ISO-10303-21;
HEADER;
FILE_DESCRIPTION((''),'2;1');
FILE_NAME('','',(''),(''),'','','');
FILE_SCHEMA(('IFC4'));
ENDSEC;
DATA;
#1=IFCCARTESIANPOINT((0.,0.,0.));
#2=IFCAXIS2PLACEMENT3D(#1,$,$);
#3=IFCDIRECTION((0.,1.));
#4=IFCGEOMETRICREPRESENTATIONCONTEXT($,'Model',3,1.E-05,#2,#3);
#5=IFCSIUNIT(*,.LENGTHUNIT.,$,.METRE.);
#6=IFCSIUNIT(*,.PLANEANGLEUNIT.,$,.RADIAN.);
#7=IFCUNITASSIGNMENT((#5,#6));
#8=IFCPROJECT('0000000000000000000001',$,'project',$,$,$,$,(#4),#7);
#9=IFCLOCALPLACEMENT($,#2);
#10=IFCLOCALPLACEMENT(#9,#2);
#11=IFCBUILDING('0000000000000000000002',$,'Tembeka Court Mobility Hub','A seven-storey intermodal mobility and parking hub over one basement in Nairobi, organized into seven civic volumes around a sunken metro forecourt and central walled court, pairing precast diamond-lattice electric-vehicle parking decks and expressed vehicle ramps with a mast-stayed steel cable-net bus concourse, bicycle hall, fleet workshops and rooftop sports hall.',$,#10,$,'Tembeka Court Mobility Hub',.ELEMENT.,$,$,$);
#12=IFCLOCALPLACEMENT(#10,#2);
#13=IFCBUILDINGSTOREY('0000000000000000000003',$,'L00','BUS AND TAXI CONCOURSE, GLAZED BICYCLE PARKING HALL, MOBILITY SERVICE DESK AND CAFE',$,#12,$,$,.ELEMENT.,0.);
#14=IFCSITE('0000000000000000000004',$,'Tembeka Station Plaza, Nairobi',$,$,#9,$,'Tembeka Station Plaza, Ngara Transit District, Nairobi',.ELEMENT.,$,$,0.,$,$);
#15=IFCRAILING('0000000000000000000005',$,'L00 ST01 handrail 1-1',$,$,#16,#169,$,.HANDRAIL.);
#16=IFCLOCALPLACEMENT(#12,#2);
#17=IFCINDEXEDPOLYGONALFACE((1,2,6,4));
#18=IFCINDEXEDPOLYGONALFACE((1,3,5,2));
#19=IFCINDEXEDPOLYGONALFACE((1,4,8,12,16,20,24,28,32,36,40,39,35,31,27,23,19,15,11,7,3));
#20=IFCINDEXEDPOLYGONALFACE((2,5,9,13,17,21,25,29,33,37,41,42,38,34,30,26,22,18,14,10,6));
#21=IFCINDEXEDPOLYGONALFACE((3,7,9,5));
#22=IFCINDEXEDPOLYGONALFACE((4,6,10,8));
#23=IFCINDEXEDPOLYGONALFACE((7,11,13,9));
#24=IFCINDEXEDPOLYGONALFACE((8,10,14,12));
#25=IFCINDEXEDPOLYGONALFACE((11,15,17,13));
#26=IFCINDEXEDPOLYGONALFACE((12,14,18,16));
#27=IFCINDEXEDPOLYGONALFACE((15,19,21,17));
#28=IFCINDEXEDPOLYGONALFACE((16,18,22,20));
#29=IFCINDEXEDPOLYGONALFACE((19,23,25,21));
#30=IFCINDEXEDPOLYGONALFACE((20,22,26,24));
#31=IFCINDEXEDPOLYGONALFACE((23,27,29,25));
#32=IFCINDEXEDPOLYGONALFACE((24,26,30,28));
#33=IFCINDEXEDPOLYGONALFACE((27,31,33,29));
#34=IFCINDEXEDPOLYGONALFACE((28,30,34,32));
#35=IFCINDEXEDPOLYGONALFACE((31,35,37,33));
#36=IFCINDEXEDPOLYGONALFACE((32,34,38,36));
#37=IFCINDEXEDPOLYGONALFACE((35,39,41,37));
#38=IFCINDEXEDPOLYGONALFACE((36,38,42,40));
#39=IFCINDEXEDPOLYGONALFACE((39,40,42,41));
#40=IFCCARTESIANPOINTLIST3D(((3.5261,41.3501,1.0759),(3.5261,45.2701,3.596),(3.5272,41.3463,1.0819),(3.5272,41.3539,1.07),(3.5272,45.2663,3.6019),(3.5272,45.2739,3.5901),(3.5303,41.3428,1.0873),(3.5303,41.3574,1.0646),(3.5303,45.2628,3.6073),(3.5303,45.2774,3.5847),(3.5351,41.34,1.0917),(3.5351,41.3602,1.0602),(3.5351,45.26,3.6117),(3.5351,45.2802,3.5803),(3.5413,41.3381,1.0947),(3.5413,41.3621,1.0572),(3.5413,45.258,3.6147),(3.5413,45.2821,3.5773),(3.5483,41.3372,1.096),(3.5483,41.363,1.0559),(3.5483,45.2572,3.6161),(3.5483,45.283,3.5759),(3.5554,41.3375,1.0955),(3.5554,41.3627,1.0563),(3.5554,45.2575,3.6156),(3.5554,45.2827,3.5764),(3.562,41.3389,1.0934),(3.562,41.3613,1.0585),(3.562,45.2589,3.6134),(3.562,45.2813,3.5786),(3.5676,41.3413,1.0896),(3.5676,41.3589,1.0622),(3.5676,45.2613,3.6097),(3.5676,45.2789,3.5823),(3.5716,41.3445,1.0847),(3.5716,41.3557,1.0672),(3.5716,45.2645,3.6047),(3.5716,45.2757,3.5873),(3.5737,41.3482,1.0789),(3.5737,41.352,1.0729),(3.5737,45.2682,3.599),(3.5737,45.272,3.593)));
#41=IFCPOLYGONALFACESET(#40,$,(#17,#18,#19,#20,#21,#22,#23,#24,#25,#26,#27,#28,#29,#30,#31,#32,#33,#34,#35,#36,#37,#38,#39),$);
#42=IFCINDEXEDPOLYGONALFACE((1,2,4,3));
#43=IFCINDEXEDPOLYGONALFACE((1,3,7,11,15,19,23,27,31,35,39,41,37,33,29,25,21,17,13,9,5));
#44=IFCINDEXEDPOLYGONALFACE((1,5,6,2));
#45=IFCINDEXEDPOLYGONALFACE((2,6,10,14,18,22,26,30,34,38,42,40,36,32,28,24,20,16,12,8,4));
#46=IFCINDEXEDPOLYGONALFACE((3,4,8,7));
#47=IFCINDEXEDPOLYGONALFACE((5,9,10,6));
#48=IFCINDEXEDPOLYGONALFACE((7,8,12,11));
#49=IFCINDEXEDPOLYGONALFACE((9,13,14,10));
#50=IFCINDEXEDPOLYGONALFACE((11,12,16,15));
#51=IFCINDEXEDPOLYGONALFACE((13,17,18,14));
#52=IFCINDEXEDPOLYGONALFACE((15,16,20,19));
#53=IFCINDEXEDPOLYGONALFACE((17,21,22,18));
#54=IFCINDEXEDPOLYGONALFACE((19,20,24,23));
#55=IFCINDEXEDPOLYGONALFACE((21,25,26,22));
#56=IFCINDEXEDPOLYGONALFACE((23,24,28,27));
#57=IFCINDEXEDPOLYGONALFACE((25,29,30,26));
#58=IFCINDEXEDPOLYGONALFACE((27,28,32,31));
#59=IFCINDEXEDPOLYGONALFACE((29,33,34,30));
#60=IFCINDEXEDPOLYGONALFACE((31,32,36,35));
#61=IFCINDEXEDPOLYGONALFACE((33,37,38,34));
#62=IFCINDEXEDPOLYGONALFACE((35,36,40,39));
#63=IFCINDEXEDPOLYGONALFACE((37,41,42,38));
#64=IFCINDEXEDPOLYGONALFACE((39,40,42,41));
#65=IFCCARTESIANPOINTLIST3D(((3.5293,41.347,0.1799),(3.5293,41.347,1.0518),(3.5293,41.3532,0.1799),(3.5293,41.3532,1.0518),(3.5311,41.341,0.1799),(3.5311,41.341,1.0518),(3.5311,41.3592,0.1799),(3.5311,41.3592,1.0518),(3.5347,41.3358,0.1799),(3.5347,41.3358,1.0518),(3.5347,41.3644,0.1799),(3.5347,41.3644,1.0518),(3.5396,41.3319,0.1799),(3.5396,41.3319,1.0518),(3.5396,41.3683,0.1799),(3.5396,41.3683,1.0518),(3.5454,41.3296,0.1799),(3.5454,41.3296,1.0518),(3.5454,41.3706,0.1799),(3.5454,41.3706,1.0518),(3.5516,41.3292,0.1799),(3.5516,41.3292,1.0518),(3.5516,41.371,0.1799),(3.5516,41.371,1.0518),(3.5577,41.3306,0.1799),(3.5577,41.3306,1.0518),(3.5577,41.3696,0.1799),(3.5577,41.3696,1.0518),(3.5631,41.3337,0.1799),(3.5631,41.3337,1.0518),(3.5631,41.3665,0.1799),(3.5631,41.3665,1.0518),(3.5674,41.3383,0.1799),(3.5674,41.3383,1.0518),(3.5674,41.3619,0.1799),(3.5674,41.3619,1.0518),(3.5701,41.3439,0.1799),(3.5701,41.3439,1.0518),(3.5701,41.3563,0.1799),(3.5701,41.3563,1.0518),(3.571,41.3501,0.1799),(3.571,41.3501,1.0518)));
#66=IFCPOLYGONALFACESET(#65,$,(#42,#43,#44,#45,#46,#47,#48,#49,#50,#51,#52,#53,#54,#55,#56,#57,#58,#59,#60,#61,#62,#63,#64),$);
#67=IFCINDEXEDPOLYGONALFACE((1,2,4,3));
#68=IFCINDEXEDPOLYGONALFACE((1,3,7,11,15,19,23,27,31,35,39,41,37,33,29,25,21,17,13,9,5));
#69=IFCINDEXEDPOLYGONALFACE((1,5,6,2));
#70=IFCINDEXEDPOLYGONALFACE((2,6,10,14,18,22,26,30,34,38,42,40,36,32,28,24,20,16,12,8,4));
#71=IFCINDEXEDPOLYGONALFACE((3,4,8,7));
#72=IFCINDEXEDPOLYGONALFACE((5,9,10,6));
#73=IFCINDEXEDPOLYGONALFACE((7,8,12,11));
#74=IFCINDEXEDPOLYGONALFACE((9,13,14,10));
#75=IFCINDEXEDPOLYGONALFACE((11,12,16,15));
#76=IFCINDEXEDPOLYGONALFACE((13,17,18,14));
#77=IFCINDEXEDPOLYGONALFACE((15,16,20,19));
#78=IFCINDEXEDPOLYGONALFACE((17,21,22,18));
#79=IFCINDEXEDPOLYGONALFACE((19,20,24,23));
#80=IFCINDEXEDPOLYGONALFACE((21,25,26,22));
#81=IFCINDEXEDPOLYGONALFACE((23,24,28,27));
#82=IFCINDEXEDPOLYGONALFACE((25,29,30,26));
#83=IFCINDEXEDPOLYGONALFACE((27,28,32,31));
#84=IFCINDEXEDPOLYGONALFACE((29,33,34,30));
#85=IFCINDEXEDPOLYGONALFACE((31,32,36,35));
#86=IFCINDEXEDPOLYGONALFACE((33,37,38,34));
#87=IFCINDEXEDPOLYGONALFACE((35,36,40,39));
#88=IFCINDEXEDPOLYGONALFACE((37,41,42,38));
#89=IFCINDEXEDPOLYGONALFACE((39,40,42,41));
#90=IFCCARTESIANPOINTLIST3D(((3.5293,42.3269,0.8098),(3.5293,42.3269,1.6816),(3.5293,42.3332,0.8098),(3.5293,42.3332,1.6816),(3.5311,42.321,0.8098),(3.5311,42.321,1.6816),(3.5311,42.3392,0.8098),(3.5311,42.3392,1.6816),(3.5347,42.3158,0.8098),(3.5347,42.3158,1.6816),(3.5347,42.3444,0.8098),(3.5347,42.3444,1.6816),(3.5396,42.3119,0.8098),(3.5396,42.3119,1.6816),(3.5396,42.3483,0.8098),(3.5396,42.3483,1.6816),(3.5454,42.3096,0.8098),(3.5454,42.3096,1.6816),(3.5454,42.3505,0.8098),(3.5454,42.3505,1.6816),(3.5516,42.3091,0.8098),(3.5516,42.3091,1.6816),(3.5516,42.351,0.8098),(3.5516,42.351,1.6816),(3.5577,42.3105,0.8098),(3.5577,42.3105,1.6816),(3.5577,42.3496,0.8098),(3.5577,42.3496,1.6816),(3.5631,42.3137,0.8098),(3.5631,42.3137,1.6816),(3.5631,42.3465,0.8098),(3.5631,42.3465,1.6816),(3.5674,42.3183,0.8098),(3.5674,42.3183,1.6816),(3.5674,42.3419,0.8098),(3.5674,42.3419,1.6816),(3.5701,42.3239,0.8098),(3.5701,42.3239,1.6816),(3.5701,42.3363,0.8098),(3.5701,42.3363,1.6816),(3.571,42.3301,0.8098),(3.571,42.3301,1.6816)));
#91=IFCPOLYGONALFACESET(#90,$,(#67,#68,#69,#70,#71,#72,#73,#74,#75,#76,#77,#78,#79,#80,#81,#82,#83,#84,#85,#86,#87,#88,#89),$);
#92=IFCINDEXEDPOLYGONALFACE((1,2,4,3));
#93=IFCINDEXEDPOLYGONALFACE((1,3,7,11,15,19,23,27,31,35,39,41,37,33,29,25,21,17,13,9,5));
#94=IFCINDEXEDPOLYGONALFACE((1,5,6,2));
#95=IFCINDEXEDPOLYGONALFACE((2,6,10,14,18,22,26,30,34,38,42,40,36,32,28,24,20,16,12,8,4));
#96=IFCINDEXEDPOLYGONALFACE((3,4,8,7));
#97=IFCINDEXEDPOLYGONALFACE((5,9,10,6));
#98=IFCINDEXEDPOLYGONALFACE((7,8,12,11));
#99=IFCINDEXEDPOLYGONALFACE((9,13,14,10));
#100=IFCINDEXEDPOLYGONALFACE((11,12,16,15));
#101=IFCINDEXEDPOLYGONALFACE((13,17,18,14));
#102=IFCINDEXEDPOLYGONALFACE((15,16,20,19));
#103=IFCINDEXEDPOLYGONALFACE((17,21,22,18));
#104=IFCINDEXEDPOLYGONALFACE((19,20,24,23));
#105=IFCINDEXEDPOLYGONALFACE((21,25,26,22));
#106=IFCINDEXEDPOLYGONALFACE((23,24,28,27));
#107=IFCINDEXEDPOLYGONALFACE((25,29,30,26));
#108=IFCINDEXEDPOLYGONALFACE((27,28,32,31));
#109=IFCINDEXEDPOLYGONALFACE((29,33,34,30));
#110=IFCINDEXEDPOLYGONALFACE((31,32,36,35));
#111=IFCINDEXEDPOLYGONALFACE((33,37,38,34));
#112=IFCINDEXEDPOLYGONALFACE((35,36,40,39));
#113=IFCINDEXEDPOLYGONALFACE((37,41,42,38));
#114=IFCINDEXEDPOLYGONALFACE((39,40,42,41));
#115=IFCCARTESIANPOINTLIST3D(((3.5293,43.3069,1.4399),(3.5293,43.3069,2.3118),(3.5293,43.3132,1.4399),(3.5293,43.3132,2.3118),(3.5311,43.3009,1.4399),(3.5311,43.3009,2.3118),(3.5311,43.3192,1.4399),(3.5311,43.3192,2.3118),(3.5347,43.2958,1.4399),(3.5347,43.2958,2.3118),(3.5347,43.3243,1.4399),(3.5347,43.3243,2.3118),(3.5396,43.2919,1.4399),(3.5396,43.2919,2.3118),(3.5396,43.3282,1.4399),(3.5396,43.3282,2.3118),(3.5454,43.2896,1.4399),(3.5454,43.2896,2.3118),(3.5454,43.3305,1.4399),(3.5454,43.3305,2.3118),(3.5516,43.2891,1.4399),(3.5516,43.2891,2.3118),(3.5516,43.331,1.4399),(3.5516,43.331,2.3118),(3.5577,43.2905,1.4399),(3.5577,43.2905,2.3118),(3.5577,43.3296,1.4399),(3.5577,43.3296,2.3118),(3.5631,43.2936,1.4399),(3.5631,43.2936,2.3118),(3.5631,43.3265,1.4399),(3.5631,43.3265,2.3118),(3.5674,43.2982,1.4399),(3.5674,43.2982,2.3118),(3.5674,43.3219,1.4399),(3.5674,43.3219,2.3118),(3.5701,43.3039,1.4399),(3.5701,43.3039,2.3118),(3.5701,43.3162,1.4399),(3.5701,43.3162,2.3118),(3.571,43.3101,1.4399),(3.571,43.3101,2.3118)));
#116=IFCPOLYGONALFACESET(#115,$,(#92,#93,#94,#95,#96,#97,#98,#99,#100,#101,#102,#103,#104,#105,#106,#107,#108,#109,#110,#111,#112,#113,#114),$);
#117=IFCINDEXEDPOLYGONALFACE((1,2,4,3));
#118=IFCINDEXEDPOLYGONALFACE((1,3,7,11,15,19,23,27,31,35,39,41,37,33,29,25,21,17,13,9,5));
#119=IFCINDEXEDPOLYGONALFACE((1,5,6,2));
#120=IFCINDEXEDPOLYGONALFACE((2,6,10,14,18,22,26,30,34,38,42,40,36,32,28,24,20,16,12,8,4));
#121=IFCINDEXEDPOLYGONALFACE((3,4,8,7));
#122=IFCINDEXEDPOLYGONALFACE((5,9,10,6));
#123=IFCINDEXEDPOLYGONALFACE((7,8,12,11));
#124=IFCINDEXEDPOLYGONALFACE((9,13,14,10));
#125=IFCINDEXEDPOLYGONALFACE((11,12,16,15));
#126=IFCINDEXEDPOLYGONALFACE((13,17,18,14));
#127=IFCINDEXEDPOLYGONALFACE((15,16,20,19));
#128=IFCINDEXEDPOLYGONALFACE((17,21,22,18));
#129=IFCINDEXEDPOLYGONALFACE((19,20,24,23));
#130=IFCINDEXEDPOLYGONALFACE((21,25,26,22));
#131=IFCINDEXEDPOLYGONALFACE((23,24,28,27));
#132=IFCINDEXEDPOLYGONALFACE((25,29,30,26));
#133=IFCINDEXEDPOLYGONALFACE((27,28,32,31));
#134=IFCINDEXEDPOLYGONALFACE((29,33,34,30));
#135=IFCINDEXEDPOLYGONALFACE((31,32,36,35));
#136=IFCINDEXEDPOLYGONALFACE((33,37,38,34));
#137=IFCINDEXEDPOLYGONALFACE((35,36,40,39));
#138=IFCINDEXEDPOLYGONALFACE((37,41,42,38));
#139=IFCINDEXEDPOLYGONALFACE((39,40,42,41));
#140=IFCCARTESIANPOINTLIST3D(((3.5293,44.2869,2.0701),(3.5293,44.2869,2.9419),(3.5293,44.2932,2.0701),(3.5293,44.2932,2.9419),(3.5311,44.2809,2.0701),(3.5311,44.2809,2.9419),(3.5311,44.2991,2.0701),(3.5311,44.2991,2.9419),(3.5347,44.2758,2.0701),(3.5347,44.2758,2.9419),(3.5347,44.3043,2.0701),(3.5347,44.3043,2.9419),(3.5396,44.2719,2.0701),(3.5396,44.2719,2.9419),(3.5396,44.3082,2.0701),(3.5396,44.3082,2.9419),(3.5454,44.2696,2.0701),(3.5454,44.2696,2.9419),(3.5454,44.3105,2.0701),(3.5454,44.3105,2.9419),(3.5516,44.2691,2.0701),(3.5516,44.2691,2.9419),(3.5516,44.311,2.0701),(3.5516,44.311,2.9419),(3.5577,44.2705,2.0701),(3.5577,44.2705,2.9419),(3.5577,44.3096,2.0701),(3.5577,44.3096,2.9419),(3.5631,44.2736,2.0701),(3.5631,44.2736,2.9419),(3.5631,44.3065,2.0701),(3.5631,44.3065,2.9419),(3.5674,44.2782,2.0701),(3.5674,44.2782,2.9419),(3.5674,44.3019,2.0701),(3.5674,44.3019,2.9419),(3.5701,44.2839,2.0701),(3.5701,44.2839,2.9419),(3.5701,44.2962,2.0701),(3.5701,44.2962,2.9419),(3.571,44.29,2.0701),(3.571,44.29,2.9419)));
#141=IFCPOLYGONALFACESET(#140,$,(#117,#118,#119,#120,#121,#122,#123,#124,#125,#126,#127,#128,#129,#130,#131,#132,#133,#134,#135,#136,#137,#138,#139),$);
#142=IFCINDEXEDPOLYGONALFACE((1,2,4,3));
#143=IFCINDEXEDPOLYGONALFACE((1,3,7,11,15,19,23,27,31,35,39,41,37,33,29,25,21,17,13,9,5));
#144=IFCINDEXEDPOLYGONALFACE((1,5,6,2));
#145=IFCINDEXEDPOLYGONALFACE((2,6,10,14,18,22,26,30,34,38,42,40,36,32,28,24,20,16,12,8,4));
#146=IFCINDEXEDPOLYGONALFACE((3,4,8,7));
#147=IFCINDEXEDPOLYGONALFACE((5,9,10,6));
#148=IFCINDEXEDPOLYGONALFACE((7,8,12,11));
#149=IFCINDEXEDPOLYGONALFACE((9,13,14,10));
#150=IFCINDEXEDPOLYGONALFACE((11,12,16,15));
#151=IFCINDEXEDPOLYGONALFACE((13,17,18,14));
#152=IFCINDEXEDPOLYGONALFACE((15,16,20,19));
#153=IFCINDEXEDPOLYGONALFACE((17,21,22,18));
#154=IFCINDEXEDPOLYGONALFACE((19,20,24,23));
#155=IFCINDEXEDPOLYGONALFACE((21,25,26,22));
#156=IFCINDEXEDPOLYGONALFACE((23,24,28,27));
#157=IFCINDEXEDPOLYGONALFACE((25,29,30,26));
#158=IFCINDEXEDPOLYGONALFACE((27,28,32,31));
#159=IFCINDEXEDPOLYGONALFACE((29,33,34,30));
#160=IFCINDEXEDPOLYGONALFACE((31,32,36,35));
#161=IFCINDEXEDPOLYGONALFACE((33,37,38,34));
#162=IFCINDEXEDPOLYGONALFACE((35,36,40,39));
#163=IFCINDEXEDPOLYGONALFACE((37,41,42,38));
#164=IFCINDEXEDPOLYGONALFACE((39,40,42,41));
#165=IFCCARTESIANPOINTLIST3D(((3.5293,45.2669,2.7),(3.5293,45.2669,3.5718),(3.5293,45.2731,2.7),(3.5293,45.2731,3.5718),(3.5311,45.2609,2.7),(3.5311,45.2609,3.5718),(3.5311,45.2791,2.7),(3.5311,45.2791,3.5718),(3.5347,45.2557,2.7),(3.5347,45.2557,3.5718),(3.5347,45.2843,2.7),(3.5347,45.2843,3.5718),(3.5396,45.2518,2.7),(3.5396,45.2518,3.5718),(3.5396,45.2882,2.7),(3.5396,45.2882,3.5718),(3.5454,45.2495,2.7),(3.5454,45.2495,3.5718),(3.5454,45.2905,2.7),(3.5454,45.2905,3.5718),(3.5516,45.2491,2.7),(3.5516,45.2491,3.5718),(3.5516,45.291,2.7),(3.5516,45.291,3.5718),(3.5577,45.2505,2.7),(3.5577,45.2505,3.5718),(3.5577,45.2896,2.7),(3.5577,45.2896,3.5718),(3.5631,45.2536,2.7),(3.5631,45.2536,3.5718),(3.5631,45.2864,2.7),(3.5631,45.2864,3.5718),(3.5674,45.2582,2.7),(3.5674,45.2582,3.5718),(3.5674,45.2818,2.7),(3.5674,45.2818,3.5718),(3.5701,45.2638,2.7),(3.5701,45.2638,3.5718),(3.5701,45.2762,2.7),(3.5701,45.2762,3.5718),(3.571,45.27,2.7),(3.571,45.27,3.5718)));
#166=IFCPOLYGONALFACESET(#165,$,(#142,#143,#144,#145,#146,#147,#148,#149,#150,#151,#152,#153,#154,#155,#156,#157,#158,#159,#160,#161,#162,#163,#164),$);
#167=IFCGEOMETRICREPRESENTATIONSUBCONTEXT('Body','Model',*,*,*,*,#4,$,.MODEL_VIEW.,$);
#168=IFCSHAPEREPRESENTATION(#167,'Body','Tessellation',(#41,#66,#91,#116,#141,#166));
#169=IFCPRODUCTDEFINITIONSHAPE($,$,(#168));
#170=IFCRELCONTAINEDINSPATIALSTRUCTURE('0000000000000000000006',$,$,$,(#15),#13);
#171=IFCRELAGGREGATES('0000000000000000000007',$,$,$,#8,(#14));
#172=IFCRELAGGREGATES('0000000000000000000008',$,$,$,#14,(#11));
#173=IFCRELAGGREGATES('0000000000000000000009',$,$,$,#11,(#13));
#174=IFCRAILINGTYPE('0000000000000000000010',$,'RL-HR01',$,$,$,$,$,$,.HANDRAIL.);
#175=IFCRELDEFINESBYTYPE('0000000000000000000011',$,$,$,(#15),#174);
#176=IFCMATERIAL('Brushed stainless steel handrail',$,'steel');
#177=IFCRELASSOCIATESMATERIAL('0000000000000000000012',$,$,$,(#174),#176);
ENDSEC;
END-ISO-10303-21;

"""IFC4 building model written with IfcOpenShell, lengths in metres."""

from ifc_helpers import new_model, si_unit, direction, frame, origin, origin_2d, place, context, subcontext, project, spatial, circle, extrude, material, type_object, element, save


model = new_model("IFC4")

# Units and contexts
model_context = context("Model", 3, precision=1e-05, world=origin(), true_north=direction((0.0, 1.0)))
body_context = subcontext(model_context, "Body", "Model", "MODEL_VIEW")
ifc_project = project(units=[si_unit("LENGTHUNIT", "METRE"), si_unit("PLANEANGLEUNIT", "RADIAN")], contexts=[model_context])

# Site, building, storey
site_placement = place(None, origin())
site = spatial("IfcSite", under=ifc_project, at=site_placement, Name="Tembeka Station Plaza, Nairobi", LongName="Tembeka Station Plaza, Ngara Transit District, Nairobi", CompositionType="ELEMENT", RefElevation=0.0)
building_placement = place(site_placement, origin())
building = spatial("IfcBuilding", under=site, at=building_placement, Name="Tembeka Court Mobility Hub", Description="A seven-storey intermodal mobility and parking hub over one basement in Nairobi, organized into seven civic volumes around a sunken metro forecourt and central walled court, pairing precast diamond-lattice electric-vehicle parking decks and expressed vehicle ramps with a mast-stayed steel cable-net bus concourse, bicycle hall, fleet workshops and rooftop sports hall.", LongName="Tembeka Court Mobility Hub", CompositionType="ELEMENT")
storey_placement = place(building_placement, origin())
storey = spatial("IfcBuildingStorey", under=building, at=storey_placement, Name="L00", Description="BUS AND TAXI CONCOURSE, GLAZED BICYCLE PARKING HALL, MOBILITY SERVICE DESK AND CAFE", CompositionType="ELEMENT", Elevation=0.0)

# Railing
ifc_material_1 = material(Name="Brushed stainless steel handrail", Category="steel")
railing_type_1 = type_object("IfcRailingType", Name="RL-HR01", PredefinedType="HANDRAIL", material=ifc_material_1)
railing_1_placement = place(storey_placement, frame((3.55, 41.3501, 0.1799)))
element("IfcRailing", 1, at=railing_1_placement, inside=storey, type_object=railing_type_1, Name="L00 ST01 handrail 1-1", PredefinedType="HANDRAIL", context=body_context, shape_type="SweptSolid", body=[
    extrude(circle(Radius=0.0239, at=origin_2d()), frame((0.0, 0.0, 0.896), z_axis=(0.0, 0.841172, 0.540768), x_axis=(-1.0, 0.0, 0.0)), (0.0, 0.0, 1.0), 4.6602),
    extrude(circle(Radius=0.021, at=origin_2d()), origin(), (0.0, 0.0, 1.0), 0.8718),
    extrude(circle(Radius=0.021, at=origin_2d()), frame((0.0, 0.98, 0.6299)), (0.0, 0.0, 1.0), 0.8718),
    extrude(circle(Radius=0.021, at=origin_2d()), frame((0.0, 1.96, 1.26)), (0.0, 0.0, 1.0), 0.8718),
    extrude(circle(Radius=0.021, at=origin_2d()), frame((0.0, 2.9399, 1.8901)), (0.0, 0.0, 1.0), 0.8718),
    extrude(circle(Radius=0.021, at=origin_2d()), frame((0.0, 3.9199, 2.52)), (0.0, 0.0, 1.0), 0.8718),
])

save(model, "model.ifc")
